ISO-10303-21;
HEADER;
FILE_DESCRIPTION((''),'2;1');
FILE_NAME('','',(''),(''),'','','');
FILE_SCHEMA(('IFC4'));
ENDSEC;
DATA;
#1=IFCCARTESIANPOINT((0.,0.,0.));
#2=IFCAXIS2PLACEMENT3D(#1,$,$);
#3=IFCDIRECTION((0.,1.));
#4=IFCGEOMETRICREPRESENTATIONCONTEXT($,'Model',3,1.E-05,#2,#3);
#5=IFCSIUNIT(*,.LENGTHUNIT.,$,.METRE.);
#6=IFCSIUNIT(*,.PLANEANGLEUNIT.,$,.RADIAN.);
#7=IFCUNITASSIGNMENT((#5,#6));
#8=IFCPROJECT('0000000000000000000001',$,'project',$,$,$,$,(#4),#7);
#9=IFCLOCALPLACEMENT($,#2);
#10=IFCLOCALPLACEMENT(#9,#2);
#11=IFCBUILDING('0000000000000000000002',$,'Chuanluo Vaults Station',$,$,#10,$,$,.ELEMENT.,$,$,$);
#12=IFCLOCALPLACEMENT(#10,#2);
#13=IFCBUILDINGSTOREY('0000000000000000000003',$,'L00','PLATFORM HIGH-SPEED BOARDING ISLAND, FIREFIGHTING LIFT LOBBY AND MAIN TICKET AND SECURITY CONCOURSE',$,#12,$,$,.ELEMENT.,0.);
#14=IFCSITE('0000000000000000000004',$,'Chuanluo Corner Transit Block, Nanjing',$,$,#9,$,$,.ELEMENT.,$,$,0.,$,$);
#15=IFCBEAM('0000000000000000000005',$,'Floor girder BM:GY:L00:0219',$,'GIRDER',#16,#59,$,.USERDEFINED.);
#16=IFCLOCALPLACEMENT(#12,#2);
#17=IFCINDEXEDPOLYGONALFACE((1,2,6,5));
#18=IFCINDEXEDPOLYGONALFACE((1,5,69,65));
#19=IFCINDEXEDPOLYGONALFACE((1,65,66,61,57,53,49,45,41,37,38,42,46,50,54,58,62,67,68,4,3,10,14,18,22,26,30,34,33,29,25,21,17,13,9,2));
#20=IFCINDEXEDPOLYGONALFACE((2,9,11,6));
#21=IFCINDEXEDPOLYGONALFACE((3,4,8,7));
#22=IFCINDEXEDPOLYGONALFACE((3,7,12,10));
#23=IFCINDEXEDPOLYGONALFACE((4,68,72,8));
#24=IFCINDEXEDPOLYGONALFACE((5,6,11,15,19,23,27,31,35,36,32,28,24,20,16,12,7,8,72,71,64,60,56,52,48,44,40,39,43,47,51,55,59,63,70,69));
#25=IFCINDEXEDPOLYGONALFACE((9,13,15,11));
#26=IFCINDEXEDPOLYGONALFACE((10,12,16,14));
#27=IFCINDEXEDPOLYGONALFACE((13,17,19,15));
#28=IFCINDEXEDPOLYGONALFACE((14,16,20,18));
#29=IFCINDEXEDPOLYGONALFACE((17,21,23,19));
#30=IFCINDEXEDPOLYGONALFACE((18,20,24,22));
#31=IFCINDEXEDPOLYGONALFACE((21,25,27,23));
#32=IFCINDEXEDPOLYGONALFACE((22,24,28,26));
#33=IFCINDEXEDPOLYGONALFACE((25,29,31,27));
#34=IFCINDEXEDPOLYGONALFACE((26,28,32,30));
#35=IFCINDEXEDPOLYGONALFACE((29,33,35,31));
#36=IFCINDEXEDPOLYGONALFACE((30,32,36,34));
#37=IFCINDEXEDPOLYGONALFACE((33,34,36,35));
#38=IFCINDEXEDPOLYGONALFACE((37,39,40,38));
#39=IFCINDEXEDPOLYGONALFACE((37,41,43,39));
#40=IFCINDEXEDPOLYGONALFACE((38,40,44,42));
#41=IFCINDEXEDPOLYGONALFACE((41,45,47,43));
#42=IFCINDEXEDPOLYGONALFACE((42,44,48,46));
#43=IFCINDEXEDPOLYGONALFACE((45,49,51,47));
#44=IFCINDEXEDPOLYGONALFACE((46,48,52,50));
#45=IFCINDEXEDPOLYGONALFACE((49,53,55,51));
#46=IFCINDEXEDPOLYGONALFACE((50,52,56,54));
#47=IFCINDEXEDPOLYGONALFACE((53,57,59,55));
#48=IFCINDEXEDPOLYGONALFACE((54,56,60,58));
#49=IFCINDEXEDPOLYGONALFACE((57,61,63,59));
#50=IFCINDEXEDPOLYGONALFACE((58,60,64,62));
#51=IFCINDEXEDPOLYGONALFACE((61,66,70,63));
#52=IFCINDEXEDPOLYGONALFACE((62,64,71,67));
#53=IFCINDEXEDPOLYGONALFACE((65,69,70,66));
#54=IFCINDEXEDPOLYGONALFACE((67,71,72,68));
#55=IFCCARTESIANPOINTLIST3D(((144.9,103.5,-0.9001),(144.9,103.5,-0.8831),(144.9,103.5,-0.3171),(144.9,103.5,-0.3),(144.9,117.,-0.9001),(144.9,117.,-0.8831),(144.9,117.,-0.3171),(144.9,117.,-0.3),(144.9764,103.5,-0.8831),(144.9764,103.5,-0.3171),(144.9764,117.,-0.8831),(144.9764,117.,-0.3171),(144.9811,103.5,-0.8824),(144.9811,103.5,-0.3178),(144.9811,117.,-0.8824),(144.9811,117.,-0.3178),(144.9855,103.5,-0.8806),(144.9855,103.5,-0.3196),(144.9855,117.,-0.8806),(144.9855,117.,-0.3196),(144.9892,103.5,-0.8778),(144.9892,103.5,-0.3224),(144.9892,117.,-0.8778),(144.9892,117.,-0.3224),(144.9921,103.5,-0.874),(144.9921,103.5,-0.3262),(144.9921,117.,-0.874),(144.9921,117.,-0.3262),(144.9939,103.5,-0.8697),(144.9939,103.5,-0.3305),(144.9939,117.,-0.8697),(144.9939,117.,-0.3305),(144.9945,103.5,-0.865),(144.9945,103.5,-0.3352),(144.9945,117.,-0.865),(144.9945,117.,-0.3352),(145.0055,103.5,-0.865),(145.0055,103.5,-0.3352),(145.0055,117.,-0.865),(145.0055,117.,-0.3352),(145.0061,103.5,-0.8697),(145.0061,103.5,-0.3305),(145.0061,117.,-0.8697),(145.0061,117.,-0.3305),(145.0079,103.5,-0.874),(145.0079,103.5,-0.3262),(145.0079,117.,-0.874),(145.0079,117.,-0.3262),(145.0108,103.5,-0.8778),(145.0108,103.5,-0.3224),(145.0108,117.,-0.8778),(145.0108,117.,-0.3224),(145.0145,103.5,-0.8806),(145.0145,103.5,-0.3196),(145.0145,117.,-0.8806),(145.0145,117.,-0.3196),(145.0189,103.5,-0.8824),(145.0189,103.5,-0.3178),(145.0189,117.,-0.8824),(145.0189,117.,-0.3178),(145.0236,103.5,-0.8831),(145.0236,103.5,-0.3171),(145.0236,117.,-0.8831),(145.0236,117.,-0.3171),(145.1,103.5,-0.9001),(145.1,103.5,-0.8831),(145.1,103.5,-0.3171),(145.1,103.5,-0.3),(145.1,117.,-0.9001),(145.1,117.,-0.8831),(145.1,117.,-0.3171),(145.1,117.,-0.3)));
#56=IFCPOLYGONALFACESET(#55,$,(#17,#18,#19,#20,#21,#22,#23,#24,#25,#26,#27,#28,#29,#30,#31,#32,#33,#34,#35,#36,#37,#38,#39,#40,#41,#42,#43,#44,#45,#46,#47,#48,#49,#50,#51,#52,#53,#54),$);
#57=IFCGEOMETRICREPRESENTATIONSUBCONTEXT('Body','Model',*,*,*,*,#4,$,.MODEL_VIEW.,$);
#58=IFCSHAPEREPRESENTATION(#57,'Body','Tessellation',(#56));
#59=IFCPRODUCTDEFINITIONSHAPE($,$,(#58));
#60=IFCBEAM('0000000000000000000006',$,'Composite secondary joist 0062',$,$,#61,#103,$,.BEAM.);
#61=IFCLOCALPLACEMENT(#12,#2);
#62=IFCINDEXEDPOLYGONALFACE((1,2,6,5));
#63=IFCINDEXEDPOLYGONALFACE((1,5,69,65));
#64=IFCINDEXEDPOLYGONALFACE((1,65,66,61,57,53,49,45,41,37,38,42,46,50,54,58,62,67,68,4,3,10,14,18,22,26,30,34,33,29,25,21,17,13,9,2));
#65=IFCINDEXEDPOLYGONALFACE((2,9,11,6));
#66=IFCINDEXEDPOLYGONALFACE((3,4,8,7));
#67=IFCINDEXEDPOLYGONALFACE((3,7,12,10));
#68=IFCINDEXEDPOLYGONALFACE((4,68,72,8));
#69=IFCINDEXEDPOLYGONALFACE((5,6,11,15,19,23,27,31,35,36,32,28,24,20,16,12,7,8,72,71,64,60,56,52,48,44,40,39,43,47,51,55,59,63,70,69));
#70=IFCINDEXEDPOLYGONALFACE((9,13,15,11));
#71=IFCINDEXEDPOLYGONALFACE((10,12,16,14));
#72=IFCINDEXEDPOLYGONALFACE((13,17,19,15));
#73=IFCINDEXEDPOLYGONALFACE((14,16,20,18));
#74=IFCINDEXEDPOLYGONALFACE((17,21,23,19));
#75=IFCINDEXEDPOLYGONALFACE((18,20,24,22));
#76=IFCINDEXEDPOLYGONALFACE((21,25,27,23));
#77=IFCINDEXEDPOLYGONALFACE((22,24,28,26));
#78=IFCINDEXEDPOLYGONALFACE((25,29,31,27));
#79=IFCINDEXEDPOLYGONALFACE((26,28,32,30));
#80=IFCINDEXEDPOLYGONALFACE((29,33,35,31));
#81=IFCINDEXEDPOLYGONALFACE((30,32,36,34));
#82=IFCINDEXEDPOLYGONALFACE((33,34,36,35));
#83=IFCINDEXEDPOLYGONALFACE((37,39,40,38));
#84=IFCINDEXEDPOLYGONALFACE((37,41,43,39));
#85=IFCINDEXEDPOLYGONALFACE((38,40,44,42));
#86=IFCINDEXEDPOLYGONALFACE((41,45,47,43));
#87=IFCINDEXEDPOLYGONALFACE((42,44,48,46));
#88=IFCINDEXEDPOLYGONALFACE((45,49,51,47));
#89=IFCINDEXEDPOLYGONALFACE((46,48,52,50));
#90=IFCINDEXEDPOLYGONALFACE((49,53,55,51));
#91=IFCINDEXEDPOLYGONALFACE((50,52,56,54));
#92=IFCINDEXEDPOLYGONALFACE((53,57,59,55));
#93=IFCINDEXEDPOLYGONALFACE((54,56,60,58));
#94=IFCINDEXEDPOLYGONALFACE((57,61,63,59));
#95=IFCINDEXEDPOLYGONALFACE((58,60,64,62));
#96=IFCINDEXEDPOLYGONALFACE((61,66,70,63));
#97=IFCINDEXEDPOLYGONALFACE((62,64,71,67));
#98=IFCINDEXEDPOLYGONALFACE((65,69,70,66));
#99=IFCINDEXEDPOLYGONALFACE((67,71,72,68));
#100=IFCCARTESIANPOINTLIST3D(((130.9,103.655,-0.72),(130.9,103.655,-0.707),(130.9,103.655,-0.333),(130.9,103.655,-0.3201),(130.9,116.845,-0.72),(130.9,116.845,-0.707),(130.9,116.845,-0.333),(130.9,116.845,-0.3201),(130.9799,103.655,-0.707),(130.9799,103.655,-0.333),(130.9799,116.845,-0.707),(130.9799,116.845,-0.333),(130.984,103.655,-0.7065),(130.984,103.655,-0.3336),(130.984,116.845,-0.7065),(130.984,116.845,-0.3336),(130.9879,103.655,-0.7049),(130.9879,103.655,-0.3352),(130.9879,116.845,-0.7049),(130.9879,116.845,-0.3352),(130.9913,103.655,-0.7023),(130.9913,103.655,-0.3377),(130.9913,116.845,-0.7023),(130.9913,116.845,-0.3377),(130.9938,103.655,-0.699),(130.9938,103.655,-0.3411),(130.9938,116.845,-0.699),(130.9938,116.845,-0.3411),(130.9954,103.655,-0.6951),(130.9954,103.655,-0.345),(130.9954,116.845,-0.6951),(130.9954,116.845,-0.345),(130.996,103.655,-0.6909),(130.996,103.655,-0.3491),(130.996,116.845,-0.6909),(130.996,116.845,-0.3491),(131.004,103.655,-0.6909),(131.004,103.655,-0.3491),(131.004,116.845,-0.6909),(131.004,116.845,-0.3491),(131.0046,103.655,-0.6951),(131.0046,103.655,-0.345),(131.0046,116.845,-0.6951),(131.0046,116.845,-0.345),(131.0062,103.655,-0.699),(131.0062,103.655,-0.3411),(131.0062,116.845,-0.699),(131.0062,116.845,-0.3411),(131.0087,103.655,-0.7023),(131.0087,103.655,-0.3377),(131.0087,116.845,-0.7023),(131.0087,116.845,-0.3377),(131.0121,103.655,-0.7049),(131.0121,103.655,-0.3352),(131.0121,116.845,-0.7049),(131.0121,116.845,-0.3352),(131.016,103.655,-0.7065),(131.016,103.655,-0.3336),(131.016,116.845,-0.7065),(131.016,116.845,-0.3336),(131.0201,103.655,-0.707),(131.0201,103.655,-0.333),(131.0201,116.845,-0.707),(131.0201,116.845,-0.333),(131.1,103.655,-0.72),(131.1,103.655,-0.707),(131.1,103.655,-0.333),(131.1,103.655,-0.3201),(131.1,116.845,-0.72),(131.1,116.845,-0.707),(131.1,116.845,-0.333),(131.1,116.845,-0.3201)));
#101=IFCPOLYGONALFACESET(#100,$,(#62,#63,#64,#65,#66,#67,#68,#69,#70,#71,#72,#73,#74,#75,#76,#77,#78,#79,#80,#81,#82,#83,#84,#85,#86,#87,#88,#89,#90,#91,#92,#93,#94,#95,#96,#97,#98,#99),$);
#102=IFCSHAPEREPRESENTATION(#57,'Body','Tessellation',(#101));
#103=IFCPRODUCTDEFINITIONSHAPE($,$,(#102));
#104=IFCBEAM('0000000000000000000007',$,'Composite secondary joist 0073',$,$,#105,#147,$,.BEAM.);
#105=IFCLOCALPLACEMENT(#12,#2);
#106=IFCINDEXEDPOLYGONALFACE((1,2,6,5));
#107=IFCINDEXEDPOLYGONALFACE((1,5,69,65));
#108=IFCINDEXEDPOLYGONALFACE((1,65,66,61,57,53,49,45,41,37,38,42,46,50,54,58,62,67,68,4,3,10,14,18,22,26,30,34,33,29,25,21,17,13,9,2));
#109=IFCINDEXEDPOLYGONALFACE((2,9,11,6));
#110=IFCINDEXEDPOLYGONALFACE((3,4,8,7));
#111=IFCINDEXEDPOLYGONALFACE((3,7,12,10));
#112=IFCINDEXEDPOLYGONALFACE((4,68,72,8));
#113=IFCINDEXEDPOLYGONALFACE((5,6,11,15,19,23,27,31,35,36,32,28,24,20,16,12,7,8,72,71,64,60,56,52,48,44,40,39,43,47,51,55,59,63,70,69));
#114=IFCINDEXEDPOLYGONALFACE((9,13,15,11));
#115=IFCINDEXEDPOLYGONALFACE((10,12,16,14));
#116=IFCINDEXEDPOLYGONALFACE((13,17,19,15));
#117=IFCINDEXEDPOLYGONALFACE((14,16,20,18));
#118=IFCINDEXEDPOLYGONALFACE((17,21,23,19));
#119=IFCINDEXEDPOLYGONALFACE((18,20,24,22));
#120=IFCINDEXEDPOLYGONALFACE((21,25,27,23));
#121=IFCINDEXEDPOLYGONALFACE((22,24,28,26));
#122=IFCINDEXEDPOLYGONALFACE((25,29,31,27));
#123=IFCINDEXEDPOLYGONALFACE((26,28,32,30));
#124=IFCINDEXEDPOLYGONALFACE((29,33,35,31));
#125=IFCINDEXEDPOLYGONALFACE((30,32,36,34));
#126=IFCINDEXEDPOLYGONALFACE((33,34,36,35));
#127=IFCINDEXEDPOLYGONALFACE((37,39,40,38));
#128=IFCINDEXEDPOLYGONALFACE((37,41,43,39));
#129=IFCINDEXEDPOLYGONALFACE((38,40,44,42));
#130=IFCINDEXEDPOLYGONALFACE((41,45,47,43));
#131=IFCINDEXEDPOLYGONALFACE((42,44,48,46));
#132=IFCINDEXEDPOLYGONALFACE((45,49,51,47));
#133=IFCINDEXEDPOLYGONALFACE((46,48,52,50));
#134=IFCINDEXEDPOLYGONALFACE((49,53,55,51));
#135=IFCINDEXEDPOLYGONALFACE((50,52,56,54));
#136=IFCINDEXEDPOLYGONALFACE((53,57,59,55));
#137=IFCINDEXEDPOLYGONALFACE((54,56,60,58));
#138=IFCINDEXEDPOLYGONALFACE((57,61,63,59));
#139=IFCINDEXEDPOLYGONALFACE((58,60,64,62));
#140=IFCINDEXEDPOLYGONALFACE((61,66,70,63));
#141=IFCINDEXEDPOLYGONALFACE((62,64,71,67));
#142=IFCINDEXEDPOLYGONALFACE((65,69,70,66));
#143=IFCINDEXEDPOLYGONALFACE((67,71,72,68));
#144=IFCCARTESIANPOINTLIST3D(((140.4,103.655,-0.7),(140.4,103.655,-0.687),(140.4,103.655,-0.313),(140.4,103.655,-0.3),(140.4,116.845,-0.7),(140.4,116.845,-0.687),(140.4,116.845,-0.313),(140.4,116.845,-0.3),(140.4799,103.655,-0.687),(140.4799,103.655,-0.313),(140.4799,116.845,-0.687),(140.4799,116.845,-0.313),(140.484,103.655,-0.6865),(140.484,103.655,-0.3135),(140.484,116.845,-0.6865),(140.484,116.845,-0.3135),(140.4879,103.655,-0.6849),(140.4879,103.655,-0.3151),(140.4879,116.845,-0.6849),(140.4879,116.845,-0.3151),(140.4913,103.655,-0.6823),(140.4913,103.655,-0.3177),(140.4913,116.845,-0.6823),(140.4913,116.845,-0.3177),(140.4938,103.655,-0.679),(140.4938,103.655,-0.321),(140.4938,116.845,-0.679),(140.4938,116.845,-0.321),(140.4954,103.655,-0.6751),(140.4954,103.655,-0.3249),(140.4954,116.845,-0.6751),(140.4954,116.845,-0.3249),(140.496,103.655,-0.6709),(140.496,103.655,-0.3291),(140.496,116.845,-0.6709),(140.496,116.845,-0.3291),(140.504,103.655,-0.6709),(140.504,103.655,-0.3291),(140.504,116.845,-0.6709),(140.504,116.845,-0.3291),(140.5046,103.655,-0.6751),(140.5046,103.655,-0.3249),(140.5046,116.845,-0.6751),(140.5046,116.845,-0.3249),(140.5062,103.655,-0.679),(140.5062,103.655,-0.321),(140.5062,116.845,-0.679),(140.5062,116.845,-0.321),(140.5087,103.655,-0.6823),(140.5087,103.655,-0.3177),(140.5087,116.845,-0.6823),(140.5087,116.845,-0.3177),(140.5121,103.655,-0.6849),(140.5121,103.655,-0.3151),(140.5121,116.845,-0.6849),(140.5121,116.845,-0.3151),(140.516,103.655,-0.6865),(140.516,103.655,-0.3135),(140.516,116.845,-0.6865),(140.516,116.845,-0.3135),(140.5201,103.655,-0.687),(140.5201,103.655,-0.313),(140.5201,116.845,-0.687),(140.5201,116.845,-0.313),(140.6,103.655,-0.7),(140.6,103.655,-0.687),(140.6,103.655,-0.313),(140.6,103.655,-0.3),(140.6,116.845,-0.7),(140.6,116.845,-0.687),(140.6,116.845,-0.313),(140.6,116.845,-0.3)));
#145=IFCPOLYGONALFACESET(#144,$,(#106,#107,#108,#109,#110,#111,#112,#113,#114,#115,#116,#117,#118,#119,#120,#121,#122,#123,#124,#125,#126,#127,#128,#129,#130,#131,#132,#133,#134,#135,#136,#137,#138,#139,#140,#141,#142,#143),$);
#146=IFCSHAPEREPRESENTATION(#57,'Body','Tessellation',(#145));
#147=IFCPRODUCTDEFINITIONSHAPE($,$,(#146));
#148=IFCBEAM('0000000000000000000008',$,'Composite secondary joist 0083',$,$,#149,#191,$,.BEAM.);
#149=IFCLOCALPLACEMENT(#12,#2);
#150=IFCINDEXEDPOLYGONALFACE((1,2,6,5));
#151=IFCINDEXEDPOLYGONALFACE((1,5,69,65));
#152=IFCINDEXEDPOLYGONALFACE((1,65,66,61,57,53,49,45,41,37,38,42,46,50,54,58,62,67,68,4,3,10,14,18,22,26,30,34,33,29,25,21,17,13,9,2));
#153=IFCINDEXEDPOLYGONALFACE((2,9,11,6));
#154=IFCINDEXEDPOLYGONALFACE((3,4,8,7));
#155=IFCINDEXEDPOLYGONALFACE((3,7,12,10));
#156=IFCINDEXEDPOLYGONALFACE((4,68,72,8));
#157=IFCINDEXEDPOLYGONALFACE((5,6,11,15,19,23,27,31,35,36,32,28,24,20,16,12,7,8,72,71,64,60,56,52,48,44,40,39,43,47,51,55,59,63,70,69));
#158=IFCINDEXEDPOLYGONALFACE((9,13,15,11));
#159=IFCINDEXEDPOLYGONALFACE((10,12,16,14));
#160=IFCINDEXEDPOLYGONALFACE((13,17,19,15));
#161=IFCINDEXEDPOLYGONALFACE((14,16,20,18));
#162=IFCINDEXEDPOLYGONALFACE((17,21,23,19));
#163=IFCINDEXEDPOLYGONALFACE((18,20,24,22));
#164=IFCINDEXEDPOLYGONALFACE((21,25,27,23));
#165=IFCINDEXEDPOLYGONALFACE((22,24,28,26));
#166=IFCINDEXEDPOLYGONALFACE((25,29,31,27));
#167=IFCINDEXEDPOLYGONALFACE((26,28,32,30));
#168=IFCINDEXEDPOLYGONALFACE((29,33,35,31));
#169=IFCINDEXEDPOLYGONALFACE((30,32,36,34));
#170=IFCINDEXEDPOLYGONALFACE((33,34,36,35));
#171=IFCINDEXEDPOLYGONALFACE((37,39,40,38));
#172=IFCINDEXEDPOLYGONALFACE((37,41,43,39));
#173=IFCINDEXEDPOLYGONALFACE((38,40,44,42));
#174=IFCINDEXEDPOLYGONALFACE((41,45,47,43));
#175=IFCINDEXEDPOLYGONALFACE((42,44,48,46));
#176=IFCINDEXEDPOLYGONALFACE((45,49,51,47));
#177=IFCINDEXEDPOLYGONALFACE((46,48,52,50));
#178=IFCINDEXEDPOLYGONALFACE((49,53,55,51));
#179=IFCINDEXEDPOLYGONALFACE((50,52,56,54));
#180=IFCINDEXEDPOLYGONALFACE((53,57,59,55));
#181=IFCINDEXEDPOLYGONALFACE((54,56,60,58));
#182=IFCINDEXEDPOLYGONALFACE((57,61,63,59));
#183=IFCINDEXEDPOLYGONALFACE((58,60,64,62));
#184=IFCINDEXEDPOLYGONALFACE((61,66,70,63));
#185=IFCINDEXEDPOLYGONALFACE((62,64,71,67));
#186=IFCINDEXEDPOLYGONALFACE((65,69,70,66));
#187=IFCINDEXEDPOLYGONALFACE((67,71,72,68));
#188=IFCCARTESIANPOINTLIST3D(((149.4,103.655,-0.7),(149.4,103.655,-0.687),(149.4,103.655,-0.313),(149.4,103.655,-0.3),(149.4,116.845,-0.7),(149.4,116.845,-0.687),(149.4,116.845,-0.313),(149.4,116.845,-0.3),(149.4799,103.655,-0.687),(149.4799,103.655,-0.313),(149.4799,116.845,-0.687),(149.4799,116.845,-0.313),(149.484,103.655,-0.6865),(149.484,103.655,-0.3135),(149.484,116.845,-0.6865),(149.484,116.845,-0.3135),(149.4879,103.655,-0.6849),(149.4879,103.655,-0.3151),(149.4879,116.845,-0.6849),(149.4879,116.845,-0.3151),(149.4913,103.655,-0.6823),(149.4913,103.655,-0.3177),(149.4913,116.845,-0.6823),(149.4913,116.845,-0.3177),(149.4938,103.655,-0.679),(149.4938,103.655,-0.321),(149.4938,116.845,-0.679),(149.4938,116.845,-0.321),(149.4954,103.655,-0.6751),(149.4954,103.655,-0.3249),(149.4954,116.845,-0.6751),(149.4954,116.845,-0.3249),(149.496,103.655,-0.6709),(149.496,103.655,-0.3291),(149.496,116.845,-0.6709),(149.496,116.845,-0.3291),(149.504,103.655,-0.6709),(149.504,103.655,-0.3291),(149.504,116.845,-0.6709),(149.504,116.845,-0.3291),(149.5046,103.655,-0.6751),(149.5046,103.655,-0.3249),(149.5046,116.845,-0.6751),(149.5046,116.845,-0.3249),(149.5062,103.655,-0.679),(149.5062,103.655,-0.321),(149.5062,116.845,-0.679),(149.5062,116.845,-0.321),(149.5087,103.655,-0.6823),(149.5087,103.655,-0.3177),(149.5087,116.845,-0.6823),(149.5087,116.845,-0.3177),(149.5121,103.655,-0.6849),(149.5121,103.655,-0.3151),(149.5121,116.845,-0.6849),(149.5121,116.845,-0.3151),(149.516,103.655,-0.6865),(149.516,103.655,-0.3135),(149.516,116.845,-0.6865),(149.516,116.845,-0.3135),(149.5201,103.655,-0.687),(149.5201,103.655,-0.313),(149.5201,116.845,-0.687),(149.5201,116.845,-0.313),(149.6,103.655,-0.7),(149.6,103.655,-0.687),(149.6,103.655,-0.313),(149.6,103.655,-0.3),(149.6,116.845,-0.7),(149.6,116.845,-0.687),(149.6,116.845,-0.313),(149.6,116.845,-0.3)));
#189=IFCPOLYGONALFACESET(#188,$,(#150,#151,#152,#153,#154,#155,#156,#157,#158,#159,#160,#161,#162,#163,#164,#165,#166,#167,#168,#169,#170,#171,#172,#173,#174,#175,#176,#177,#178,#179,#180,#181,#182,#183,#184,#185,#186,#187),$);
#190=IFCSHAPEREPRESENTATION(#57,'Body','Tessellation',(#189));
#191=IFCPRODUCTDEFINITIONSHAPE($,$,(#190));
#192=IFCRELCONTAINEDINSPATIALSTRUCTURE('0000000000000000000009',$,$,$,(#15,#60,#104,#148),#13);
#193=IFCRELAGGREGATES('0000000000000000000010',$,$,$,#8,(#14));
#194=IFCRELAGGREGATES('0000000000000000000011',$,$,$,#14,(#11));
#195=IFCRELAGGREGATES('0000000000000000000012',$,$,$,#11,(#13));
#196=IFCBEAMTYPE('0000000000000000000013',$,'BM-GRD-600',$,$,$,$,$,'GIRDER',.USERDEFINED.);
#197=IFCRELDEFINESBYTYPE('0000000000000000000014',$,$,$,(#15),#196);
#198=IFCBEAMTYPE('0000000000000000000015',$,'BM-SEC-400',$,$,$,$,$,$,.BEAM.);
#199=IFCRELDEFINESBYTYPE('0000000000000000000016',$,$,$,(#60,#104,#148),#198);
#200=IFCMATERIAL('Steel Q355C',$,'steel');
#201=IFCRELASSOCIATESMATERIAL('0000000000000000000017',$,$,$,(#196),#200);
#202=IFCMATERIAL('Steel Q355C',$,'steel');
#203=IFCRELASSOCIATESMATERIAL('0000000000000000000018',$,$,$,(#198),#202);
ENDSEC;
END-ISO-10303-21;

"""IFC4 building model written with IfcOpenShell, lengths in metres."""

from ifc_helpers import new_model, si_unit, direction, frame, origin, origin_2d, place, context, subcontext, project, spatial, i_section, extrude, material, material_profile, profile_set, type_object, element, save


model = new_model("IFC4")

# Units and contexts
model_context = context("Model", 3, precision=1e-05, world=origin(), true_north=direction((0.0, 1.0)))
body_context = subcontext(model_context, "Body", "Model", "MODEL_VIEW")
ifc_project = project(units=[si_unit("LENGTHUNIT", "METRE"), si_unit("PLANEANGLEUNIT", "RADIAN")], contexts=[model_context])

# Site, building, storey
site_placement = place(None, origin())
site = spatial("IfcSite", under=ifc_project, at=site_placement, Name="Chuanluo Corner Transit Block, Nanjing", CompositionType="ELEMENT", RefElevation=0.0)
building_placement = place(site_placement, origin())
building = spatial("IfcBuilding", under=site, at=building_placement, Name="Chuanluo Vaults Station", CompositionType="ELEMENT")
storey_placement = place(building_placement, origin())
storey = spatial("IfcBuildingStorey", under=building, at=storey_placement, Name="L00", Description="PLATFORM HIGH-SPEED BOARDING ISLAND, FIREFIGHTING LIFT LOBBY AND MAIN TICKET AND SECURITY CONCOURSE", CompositionType="ELEMENT", Elevation=0.0)

# Beams
ifc_material_1 = material(Name="Steel Q355C", Category="steel")
ifc_material_profile_1 = material_profile(ifc_material_1, i_section(OverallWidth=0.2, OverallDepth=0.6001, WebThickness=0.011, FlangeThickness=0.0171, FilletRadius=0.0181, at=origin_2d()))
ifc_profile_set_1 = profile_set([ifc_material_profile_1], Name="Steel Q355C")
beam_type_1 = type_object("IfcBeamType", Name="BM-GRD-600", ElementType="GIRDER", PredefinedType="USERDEFINED", material=ifc_profile_set_1)
for number, where, z_axis, x_axis, name in (
    (1, (145.0, 103.5, -0.6001), (0.0, 1.0, 0.0), (-1.0, 0.0, 0.0), "Floor girder BM:GY:L00:0219"),
):
    element("IfcBeam", number, at=place(storey_placement, frame(where, z_axis=z_axis, x_axis=x_axis)), inside=storey, type_object=beam_type_1, Name=name, ObjectType="GIRDER", PredefinedType="USERDEFINED", context=body_context, shape_type="SweptSolid", body=[
        extrude(i_section(OverallWidth=0.2, OverallDepth=0.6001, WebThickness=0.011, FlangeThickness=0.0171, FilletRadius=0.0181, at=origin_2d()), origin(), (0.0, 0.0, 1.0), 13.5),
    ])
ifc_material_2 = material(Name="Steel Q355C", Category="steel")
ifc_material_profile_2 = material_profile(ifc_material_2, i_section(OverallWidth=0.2, OverallDepth=0.3999, WebThickness=0.0081, FlangeThickness=0.0129, FilletRadius=0.0161, at=origin_2d()))
ifc_profile_set_2 = profile_set([ifc_material_profile_2], Name="Steel Q355C")
beam_type_2 = type_object("IfcBeamType", Name="BM-SEC-400", PredefinedType="BEAM", material=ifc_profile_set_2)
for number, where, z_axis, x_axis, name in (
    (2, (131.0, 103.655, -0.52), (0.0, 1.0, 0.0), (-1.0, 0.0, 0.0), "Composite secondary joist 0062"),
    (3, (140.5, 103.655, -0.5), (0.0, 1.0, 0.0), (-1.0, 0.0, 0.0), "Composite secondary joist 0073"),
    (4, (149.5, 103.655, -0.5), (0.0, 1.0, 0.0), (-1.0, 0.0, 0.0), "Composite secondary joist 0083"),
):
    element("IfcBeam", number, at=place(storey_placement, frame(where, z_axis=z_axis, x_axis=x_axis)), inside=storey, type_object=beam_type_2, Name=name, PredefinedType="BEAM", context=body_context, shape_type="SweptSolid", body=[
        extrude(i_section(OverallWidth=0.2, OverallDepth=0.3999, WebThickness=0.0081, FlangeThickness=0.0129, FilletRadius=0.0161, at=origin_2d()), origin(), (0.0, 0.0, 1.0), 13.1899),
    ])

save(model, "model.ifc")
